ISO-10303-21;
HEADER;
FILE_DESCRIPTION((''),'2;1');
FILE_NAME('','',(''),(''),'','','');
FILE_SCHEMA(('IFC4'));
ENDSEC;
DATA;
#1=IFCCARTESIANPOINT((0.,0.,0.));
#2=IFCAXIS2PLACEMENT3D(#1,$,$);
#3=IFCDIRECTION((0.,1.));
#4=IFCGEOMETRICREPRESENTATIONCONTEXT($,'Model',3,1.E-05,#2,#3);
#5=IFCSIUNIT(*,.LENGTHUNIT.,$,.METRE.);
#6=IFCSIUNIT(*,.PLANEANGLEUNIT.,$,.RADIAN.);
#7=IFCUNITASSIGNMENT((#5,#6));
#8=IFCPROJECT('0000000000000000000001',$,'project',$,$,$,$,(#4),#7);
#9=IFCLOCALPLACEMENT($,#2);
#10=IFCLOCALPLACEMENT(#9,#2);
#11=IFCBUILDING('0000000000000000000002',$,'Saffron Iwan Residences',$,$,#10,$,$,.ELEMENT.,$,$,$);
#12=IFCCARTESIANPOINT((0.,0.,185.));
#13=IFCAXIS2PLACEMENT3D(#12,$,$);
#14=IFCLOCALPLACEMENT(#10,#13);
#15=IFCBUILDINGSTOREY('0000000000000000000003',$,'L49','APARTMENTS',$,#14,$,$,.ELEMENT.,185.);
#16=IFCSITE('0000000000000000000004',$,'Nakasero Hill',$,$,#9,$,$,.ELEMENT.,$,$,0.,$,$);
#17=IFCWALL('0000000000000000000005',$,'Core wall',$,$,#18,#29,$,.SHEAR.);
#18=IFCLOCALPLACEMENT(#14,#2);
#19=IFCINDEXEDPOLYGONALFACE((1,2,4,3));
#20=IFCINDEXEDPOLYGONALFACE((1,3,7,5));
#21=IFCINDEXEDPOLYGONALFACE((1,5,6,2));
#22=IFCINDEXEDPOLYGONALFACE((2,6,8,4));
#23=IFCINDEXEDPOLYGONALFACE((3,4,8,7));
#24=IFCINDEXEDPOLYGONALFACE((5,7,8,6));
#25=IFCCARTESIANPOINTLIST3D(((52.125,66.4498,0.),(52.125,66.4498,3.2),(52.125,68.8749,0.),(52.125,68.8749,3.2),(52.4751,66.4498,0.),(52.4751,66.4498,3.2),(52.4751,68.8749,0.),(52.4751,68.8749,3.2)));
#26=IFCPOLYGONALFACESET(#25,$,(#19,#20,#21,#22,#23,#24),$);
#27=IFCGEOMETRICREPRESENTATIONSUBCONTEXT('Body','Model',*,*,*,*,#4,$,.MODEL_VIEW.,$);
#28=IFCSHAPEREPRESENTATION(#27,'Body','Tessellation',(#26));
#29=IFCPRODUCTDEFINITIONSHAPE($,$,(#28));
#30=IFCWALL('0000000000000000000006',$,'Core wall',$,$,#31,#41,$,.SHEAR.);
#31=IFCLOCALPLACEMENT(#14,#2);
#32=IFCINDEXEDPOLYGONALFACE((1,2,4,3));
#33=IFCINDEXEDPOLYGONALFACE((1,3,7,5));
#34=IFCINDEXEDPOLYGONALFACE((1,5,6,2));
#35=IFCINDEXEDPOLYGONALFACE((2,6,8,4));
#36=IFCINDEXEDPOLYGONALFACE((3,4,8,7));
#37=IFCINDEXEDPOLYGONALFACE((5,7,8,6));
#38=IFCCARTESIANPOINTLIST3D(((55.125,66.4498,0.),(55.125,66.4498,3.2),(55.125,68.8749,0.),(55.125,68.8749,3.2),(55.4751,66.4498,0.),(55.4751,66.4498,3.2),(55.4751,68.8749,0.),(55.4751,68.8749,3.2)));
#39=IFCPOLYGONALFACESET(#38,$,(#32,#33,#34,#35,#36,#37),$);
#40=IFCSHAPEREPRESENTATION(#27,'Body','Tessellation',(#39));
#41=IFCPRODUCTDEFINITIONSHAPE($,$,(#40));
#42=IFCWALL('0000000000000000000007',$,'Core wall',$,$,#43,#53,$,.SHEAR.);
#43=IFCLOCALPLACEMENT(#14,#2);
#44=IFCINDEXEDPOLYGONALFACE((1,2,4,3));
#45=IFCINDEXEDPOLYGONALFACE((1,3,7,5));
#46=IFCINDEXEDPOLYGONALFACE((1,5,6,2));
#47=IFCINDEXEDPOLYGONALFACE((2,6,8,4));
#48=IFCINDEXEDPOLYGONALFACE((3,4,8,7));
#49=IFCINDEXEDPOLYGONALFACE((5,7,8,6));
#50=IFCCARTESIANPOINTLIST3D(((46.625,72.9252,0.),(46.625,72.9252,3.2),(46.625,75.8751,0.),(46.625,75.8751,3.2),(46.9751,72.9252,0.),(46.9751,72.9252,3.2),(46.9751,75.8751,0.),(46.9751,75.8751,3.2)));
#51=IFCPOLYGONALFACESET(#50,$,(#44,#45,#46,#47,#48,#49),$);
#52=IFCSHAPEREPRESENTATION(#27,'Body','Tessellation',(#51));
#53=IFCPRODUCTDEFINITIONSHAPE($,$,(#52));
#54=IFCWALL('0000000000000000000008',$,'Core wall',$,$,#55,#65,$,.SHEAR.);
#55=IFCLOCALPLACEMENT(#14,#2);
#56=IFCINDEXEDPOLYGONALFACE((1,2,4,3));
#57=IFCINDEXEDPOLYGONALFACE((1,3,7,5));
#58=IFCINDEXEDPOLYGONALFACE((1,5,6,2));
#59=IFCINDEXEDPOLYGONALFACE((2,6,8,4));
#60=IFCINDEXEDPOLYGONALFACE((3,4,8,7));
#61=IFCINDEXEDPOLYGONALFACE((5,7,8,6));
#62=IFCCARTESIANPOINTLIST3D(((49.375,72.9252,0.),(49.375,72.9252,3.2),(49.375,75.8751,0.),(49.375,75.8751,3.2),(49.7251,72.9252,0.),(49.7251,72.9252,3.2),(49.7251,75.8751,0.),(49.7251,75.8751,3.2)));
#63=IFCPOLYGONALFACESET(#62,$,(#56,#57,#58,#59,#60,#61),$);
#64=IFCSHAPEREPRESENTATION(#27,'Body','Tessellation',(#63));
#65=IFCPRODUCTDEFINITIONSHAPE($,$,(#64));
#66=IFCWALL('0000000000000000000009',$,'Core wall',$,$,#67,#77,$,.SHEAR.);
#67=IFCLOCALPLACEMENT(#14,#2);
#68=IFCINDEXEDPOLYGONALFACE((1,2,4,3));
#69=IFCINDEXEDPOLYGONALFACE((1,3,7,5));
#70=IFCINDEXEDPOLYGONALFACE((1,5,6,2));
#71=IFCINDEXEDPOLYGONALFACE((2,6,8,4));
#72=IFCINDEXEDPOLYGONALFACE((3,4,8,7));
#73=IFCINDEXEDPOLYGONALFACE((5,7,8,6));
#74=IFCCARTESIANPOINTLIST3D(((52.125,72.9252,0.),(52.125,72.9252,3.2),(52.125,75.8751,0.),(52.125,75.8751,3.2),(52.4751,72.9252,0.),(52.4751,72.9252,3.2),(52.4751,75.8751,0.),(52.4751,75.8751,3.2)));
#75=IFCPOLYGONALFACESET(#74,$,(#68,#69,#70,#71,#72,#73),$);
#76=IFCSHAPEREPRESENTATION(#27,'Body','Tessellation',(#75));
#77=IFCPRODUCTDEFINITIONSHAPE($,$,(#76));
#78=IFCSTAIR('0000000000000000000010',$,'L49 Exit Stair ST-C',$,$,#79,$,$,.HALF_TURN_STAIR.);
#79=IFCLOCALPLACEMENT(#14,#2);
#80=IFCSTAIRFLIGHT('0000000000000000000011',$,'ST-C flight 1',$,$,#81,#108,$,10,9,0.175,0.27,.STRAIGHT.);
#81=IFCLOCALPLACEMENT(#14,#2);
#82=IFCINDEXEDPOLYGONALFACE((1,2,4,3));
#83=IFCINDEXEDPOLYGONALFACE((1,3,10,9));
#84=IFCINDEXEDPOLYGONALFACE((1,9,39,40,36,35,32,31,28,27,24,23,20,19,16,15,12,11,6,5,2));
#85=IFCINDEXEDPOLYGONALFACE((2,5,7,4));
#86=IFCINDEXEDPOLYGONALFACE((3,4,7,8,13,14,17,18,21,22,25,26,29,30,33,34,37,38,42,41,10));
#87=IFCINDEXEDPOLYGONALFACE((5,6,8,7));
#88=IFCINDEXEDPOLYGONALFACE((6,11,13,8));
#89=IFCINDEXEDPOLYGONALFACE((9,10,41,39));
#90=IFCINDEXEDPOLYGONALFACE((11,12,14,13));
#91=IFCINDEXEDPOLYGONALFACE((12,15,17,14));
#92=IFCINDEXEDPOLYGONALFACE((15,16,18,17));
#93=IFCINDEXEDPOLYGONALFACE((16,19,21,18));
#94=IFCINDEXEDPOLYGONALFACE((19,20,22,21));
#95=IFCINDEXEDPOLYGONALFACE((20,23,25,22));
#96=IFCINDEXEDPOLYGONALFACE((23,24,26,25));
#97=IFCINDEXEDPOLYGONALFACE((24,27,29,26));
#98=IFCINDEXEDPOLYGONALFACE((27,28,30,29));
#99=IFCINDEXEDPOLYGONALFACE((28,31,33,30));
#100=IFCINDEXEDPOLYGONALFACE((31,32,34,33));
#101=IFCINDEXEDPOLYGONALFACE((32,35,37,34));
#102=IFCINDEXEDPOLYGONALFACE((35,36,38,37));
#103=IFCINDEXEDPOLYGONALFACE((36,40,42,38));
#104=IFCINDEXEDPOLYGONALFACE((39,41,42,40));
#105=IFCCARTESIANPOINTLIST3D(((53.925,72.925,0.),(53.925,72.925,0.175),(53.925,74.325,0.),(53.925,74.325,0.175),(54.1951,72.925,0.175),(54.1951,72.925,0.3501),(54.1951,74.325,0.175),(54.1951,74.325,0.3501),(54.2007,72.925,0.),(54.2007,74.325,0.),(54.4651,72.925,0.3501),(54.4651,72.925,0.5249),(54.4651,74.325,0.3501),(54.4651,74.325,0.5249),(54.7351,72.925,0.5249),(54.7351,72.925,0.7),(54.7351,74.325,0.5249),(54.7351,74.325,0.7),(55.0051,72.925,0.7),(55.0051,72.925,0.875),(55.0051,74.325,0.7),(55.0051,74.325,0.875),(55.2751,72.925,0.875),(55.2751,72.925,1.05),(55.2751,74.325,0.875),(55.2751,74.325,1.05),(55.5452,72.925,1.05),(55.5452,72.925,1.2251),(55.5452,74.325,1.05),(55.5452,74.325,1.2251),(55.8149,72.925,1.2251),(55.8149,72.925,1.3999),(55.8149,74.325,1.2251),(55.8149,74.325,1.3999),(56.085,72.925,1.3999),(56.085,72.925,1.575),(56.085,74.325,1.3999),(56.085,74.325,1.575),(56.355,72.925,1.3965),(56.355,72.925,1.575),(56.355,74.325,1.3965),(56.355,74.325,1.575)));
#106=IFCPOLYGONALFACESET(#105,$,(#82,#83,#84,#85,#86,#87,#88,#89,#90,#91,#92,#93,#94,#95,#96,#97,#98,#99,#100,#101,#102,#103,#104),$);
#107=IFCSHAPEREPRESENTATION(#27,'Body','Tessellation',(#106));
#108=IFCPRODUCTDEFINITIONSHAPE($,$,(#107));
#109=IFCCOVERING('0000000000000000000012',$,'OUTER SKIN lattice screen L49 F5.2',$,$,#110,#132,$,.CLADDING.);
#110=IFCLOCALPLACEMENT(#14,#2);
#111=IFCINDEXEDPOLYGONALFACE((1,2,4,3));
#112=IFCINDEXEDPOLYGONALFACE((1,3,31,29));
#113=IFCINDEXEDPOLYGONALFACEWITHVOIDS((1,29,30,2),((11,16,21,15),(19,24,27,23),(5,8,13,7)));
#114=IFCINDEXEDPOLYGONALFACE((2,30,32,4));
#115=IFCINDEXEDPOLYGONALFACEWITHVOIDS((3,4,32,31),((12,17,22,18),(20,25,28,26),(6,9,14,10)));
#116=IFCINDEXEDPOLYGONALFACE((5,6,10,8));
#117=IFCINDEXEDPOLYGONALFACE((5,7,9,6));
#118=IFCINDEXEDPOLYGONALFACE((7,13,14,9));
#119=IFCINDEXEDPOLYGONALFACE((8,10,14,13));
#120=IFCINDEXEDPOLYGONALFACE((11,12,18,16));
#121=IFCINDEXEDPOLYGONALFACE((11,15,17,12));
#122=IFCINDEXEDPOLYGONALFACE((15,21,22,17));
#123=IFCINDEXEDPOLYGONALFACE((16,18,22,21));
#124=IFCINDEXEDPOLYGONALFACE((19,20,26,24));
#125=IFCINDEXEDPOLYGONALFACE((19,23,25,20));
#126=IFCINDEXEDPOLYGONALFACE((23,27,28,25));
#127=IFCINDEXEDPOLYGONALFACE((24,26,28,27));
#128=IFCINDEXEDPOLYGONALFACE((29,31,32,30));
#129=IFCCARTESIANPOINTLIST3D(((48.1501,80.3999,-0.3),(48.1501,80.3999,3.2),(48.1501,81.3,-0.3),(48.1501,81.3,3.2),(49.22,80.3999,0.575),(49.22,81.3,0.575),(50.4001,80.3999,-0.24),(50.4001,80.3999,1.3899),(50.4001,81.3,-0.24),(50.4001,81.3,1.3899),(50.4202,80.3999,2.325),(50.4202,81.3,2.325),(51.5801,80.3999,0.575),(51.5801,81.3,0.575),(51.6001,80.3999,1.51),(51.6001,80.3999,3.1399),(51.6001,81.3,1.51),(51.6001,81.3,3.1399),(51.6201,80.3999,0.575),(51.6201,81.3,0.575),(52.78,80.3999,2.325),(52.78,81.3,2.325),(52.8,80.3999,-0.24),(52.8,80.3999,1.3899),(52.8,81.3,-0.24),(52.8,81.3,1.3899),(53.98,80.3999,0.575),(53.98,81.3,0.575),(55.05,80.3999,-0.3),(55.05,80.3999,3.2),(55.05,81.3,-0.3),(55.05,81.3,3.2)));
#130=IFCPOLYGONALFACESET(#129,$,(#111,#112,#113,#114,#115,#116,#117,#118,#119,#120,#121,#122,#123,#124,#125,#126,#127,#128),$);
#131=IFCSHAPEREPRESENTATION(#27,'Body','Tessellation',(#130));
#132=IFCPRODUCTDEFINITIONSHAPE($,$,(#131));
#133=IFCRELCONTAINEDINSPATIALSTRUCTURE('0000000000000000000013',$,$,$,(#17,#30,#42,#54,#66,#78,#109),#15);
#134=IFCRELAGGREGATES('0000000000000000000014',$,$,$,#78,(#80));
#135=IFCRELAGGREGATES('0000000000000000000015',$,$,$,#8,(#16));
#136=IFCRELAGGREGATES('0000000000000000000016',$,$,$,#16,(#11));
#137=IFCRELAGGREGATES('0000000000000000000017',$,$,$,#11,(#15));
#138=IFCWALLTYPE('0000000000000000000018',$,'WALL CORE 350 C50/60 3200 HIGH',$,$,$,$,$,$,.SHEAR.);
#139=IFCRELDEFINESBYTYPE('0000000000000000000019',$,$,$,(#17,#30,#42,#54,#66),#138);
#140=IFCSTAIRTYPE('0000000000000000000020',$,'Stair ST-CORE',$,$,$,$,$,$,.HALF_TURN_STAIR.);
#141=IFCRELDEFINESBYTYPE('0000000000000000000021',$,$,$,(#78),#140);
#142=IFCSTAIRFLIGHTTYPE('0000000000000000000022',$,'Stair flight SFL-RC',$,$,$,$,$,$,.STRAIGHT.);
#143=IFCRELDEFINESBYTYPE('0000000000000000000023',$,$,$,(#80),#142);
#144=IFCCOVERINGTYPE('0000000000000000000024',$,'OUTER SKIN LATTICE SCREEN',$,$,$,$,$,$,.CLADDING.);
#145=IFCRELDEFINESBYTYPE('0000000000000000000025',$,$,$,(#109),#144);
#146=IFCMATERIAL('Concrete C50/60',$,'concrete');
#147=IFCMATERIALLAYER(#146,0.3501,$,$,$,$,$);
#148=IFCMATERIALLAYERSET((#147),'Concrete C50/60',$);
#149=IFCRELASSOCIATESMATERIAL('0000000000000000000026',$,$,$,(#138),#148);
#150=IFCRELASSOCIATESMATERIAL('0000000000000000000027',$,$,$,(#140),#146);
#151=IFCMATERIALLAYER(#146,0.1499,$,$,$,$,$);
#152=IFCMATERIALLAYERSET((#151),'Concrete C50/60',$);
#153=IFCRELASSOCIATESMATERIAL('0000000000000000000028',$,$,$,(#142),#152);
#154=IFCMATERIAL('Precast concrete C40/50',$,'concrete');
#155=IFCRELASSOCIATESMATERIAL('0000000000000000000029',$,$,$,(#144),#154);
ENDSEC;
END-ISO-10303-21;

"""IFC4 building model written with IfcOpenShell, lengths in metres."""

from ifc_helpers import new_model, si_unit, direction, frame, frame_2d, origin, place, context, subcontext, project, spatial, polyline, rectangle, outline, extrude, material, layer, layer_set, type_object, element, aggregate, save


model = new_model("IFC4")

# Units and contexts
model_context = context("Model", 3, precision=1e-05, world=origin(), true_north=direction((0.0, 1.0)))
body_context = subcontext(model_context, "Body", "Model", "MODEL_VIEW")
ifc_project = project(units=[si_unit("LENGTHUNIT", "METRE"), si_unit("PLANEANGLEUNIT", "RADIAN")], contexts=[model_context])

# Site, building, storey
site_placement = place(None, origin())
site = spatial("IfcSite", under=ifc_project, at=site_placement, Name="Nakasero Hill", CompositionType="ELEMENT", RefElevation=0.0)
building_placement = place(site_placement, origin())
building = spatial("IfcBuilding", under=site, at=building_placement, Name="Saffron Iwan Residences", CompositionType="ELEMENT")
storey_placement = place(building_placement, frame((0.0, 0.0, 185.0)))
storey = spatial("IfcBuildingStorey", under=building, at=storey_placement, Name="L49", Description="APARTMENTS", CompositionType="ELEMENT", Elevation=185.0)

# Shared definitions
ifc_material_1 = material(Name="Concrete C50/60", Category="concrete")

# Walls
ifc_layer_1 = layer(ifc_material_1, 0.3501)
ifc_layer_set_1 = layer_set([ifc_layer_1], Name="Concrete C50/60")
wall_type_1 = type_object("IfcWallType", Name="WALL CORE 350 C50/60 3200 HIGH", PredefinedType="SHEAR", material=ifc_layer_set_1)
for number, where, z_axis, x_axis, name in (
    (1, (52.3, 66.45, 0.0), (0.0, 0.0, 1.0), (0.0, 1.0, 0.0), "Core wall"),
    (2, (55.3, 66.45, 0.0), (0.0, 0.0, 1.0), (0.0, 1.0, 0.0), "Core wall"),
):
    element("IfcWall", number, at=place(storey_placement, frame(where, z_axis=z_axis, x_axis=x_axis)), inside=storey, type_object=wall_type_1, Name=name, PredefinedType="SHEAR", context=body_context, shape_type="SweptSolid", body=[
        extrude(rectangle(XDim=2.425, YDim=0.3501, at=frame_2d((1.2124, 0.0))), origin(), (0.0, 0.0, 1.0), 3.2),
    ])
for number, where, z_axis, x_axis, name in (
    (3, (46.8, 72.925, 0.0), (0.0, 0.0, 1.0), (0.0, 1.0, 0.0), "Core wall"),
    (4, (49.55, 72.925, 0.0), (0.0, 0.0, 1.0), (0.0, 1.0, 0.0), "Core wall"),
    (5, (52.3, 72.925, 0.0), (0.0, 0.0, 1.0), (0.0, 1.0, 0.0), "Core wall"),
):
    element("IfcWall", number, at=place(storey_placement, frame(where, z_axis=z_axis, x_axis=x_axis)), inside=storey, type_object=wall_type_1, Name=name, PredefinedType="SHEAR", context=body_context, shape_type="SweptSolid", body=[
        extrude(rectangle(XDim=2.95, YDim=0.3501, at=frame_2d((1.4751, 0.0))), origin(), (0.0, 0.0, 1.0), 3.2),
    ])

# Stair, stair flight
stair_type = type_object("IfcStairType", Name="Stair ST-CORE", PredefinedType="HALF_TURN_STAIR", material=ifc_material_1)
stair_placement = place(storey_placement, origin())
stair = element("IfcStair", 6, at=stair_placement, inside=storey, type_object=stair_type, Name="L49 Exit Stair ST-C", PredefinedType="HALF_TURN_STAIR")
ifc_layer_2 = layer(ifc_material_1, 0.1499)
ifc_layer_set_2 = layer_set([ifc_layer_2], Name="Concrete C50/60")
stair_flight_type = type_object("IfcStairFlightType", Name="Stair flight SFL-RC", PredefinedType="STRAIGHT", material=ifc_layer_set_2)
stair_flight_placement = place(storey_placement, frame((53.925, 73.625, 0.0), z_axis=(0.0, 0.0, 1.0), x_axis=(1.0, 0.0, 0.0)))
stair_flight = element("IfcStairFlight", 7, at=stair_flight_placement, type_object=stair_flight_type, Name="ST-C flight 1", NumberOfRisers=10, NumberOfTreads=9, PredefinedType="STRAIGHT", RiserHeight=0.175, TreadLength=0.27, context=body_context, shape_type="SweptSolid", body=[
    extrude(outline(polyline([(0.0, 0.0), (0.0, 0.175), (0.27, 0.175), (0.27, 0.3501), (0.54, 0.3501), (0.54, 0.5249), (0.8101, 0.5249), (0.8101, 0.7), (1.0801, 0.7), (1.0801, 0.875), (1.3501, 0.875), (1.3501, 1.05), (1.6201, 1.05), (1.6201, 1.2251), (1.8899, 1.2251), (1.8899, 1.3999), (2.1599, 1.3999), (2.1599, 1.575), (2.4299, 1.575), (2.4299, 1.75), (2.4299, 1.3965), (0.2756, 0.0), (0.0, 0.0)])), frame((0.0, 0.7, 0.0), z_axis=(0.0, -1.0, 0.0), x_axis=(1.0, 0.0, 0.0)), (0.0, 0.0, 1.0), 1.3999),
])
aggregate(stair, [stair_flight])

# Covering
ifc_material_2 = material(Name="Precast concrete C40/50", Category="concrete")
covering_type_1 = type_object("IfcCoveringType", Name="OUTER SKIN LATTICE SCREEN", PredefinedType="CLADDING", material=ifc_material_2)
covering_1_placement = place(storey_placement, frame((55.05, 80.3999, -0.3), z_axis=(0.0, 1.0, 0.0), x_axis=(-1.0, 0.0, 0.0)))
element("IfcCovering", 8, at=covering_1_placement, inside=storey, type_object=covering_type_1, Name="OUTER SKIN lattice screen L49 F5.2", PredefinedType="CLADDING", context=body_context, shape_type="SweptSolid", body=[
    extrude(outline(polyline([(0.0, 0.0), (6.8999, 0.0), (6.8999, 3.5), (0.0, 3.5), (0.0, 0.0)]), holes=[polyline([(1.0701, 0.875), (2.25, 0.0601), (3.4299, 0.875), (2.25, 1.6899), (1.0701, 0.875)]), polyline([(3.47, 0.875), (4.6499, 0.0601), (5.8301, 0.875), (4.6499, 1.6899), (3.47, 0.875)]), polyline([(2.27, 2.625), (3.45, 1.8101), (4.6299, 2.625), (3.45, 3.4399), (2.27, 2.625)])]), origin(), (0.0, 0.0, 1.0), 0.9001),
])

save(model, "model.ifc")
